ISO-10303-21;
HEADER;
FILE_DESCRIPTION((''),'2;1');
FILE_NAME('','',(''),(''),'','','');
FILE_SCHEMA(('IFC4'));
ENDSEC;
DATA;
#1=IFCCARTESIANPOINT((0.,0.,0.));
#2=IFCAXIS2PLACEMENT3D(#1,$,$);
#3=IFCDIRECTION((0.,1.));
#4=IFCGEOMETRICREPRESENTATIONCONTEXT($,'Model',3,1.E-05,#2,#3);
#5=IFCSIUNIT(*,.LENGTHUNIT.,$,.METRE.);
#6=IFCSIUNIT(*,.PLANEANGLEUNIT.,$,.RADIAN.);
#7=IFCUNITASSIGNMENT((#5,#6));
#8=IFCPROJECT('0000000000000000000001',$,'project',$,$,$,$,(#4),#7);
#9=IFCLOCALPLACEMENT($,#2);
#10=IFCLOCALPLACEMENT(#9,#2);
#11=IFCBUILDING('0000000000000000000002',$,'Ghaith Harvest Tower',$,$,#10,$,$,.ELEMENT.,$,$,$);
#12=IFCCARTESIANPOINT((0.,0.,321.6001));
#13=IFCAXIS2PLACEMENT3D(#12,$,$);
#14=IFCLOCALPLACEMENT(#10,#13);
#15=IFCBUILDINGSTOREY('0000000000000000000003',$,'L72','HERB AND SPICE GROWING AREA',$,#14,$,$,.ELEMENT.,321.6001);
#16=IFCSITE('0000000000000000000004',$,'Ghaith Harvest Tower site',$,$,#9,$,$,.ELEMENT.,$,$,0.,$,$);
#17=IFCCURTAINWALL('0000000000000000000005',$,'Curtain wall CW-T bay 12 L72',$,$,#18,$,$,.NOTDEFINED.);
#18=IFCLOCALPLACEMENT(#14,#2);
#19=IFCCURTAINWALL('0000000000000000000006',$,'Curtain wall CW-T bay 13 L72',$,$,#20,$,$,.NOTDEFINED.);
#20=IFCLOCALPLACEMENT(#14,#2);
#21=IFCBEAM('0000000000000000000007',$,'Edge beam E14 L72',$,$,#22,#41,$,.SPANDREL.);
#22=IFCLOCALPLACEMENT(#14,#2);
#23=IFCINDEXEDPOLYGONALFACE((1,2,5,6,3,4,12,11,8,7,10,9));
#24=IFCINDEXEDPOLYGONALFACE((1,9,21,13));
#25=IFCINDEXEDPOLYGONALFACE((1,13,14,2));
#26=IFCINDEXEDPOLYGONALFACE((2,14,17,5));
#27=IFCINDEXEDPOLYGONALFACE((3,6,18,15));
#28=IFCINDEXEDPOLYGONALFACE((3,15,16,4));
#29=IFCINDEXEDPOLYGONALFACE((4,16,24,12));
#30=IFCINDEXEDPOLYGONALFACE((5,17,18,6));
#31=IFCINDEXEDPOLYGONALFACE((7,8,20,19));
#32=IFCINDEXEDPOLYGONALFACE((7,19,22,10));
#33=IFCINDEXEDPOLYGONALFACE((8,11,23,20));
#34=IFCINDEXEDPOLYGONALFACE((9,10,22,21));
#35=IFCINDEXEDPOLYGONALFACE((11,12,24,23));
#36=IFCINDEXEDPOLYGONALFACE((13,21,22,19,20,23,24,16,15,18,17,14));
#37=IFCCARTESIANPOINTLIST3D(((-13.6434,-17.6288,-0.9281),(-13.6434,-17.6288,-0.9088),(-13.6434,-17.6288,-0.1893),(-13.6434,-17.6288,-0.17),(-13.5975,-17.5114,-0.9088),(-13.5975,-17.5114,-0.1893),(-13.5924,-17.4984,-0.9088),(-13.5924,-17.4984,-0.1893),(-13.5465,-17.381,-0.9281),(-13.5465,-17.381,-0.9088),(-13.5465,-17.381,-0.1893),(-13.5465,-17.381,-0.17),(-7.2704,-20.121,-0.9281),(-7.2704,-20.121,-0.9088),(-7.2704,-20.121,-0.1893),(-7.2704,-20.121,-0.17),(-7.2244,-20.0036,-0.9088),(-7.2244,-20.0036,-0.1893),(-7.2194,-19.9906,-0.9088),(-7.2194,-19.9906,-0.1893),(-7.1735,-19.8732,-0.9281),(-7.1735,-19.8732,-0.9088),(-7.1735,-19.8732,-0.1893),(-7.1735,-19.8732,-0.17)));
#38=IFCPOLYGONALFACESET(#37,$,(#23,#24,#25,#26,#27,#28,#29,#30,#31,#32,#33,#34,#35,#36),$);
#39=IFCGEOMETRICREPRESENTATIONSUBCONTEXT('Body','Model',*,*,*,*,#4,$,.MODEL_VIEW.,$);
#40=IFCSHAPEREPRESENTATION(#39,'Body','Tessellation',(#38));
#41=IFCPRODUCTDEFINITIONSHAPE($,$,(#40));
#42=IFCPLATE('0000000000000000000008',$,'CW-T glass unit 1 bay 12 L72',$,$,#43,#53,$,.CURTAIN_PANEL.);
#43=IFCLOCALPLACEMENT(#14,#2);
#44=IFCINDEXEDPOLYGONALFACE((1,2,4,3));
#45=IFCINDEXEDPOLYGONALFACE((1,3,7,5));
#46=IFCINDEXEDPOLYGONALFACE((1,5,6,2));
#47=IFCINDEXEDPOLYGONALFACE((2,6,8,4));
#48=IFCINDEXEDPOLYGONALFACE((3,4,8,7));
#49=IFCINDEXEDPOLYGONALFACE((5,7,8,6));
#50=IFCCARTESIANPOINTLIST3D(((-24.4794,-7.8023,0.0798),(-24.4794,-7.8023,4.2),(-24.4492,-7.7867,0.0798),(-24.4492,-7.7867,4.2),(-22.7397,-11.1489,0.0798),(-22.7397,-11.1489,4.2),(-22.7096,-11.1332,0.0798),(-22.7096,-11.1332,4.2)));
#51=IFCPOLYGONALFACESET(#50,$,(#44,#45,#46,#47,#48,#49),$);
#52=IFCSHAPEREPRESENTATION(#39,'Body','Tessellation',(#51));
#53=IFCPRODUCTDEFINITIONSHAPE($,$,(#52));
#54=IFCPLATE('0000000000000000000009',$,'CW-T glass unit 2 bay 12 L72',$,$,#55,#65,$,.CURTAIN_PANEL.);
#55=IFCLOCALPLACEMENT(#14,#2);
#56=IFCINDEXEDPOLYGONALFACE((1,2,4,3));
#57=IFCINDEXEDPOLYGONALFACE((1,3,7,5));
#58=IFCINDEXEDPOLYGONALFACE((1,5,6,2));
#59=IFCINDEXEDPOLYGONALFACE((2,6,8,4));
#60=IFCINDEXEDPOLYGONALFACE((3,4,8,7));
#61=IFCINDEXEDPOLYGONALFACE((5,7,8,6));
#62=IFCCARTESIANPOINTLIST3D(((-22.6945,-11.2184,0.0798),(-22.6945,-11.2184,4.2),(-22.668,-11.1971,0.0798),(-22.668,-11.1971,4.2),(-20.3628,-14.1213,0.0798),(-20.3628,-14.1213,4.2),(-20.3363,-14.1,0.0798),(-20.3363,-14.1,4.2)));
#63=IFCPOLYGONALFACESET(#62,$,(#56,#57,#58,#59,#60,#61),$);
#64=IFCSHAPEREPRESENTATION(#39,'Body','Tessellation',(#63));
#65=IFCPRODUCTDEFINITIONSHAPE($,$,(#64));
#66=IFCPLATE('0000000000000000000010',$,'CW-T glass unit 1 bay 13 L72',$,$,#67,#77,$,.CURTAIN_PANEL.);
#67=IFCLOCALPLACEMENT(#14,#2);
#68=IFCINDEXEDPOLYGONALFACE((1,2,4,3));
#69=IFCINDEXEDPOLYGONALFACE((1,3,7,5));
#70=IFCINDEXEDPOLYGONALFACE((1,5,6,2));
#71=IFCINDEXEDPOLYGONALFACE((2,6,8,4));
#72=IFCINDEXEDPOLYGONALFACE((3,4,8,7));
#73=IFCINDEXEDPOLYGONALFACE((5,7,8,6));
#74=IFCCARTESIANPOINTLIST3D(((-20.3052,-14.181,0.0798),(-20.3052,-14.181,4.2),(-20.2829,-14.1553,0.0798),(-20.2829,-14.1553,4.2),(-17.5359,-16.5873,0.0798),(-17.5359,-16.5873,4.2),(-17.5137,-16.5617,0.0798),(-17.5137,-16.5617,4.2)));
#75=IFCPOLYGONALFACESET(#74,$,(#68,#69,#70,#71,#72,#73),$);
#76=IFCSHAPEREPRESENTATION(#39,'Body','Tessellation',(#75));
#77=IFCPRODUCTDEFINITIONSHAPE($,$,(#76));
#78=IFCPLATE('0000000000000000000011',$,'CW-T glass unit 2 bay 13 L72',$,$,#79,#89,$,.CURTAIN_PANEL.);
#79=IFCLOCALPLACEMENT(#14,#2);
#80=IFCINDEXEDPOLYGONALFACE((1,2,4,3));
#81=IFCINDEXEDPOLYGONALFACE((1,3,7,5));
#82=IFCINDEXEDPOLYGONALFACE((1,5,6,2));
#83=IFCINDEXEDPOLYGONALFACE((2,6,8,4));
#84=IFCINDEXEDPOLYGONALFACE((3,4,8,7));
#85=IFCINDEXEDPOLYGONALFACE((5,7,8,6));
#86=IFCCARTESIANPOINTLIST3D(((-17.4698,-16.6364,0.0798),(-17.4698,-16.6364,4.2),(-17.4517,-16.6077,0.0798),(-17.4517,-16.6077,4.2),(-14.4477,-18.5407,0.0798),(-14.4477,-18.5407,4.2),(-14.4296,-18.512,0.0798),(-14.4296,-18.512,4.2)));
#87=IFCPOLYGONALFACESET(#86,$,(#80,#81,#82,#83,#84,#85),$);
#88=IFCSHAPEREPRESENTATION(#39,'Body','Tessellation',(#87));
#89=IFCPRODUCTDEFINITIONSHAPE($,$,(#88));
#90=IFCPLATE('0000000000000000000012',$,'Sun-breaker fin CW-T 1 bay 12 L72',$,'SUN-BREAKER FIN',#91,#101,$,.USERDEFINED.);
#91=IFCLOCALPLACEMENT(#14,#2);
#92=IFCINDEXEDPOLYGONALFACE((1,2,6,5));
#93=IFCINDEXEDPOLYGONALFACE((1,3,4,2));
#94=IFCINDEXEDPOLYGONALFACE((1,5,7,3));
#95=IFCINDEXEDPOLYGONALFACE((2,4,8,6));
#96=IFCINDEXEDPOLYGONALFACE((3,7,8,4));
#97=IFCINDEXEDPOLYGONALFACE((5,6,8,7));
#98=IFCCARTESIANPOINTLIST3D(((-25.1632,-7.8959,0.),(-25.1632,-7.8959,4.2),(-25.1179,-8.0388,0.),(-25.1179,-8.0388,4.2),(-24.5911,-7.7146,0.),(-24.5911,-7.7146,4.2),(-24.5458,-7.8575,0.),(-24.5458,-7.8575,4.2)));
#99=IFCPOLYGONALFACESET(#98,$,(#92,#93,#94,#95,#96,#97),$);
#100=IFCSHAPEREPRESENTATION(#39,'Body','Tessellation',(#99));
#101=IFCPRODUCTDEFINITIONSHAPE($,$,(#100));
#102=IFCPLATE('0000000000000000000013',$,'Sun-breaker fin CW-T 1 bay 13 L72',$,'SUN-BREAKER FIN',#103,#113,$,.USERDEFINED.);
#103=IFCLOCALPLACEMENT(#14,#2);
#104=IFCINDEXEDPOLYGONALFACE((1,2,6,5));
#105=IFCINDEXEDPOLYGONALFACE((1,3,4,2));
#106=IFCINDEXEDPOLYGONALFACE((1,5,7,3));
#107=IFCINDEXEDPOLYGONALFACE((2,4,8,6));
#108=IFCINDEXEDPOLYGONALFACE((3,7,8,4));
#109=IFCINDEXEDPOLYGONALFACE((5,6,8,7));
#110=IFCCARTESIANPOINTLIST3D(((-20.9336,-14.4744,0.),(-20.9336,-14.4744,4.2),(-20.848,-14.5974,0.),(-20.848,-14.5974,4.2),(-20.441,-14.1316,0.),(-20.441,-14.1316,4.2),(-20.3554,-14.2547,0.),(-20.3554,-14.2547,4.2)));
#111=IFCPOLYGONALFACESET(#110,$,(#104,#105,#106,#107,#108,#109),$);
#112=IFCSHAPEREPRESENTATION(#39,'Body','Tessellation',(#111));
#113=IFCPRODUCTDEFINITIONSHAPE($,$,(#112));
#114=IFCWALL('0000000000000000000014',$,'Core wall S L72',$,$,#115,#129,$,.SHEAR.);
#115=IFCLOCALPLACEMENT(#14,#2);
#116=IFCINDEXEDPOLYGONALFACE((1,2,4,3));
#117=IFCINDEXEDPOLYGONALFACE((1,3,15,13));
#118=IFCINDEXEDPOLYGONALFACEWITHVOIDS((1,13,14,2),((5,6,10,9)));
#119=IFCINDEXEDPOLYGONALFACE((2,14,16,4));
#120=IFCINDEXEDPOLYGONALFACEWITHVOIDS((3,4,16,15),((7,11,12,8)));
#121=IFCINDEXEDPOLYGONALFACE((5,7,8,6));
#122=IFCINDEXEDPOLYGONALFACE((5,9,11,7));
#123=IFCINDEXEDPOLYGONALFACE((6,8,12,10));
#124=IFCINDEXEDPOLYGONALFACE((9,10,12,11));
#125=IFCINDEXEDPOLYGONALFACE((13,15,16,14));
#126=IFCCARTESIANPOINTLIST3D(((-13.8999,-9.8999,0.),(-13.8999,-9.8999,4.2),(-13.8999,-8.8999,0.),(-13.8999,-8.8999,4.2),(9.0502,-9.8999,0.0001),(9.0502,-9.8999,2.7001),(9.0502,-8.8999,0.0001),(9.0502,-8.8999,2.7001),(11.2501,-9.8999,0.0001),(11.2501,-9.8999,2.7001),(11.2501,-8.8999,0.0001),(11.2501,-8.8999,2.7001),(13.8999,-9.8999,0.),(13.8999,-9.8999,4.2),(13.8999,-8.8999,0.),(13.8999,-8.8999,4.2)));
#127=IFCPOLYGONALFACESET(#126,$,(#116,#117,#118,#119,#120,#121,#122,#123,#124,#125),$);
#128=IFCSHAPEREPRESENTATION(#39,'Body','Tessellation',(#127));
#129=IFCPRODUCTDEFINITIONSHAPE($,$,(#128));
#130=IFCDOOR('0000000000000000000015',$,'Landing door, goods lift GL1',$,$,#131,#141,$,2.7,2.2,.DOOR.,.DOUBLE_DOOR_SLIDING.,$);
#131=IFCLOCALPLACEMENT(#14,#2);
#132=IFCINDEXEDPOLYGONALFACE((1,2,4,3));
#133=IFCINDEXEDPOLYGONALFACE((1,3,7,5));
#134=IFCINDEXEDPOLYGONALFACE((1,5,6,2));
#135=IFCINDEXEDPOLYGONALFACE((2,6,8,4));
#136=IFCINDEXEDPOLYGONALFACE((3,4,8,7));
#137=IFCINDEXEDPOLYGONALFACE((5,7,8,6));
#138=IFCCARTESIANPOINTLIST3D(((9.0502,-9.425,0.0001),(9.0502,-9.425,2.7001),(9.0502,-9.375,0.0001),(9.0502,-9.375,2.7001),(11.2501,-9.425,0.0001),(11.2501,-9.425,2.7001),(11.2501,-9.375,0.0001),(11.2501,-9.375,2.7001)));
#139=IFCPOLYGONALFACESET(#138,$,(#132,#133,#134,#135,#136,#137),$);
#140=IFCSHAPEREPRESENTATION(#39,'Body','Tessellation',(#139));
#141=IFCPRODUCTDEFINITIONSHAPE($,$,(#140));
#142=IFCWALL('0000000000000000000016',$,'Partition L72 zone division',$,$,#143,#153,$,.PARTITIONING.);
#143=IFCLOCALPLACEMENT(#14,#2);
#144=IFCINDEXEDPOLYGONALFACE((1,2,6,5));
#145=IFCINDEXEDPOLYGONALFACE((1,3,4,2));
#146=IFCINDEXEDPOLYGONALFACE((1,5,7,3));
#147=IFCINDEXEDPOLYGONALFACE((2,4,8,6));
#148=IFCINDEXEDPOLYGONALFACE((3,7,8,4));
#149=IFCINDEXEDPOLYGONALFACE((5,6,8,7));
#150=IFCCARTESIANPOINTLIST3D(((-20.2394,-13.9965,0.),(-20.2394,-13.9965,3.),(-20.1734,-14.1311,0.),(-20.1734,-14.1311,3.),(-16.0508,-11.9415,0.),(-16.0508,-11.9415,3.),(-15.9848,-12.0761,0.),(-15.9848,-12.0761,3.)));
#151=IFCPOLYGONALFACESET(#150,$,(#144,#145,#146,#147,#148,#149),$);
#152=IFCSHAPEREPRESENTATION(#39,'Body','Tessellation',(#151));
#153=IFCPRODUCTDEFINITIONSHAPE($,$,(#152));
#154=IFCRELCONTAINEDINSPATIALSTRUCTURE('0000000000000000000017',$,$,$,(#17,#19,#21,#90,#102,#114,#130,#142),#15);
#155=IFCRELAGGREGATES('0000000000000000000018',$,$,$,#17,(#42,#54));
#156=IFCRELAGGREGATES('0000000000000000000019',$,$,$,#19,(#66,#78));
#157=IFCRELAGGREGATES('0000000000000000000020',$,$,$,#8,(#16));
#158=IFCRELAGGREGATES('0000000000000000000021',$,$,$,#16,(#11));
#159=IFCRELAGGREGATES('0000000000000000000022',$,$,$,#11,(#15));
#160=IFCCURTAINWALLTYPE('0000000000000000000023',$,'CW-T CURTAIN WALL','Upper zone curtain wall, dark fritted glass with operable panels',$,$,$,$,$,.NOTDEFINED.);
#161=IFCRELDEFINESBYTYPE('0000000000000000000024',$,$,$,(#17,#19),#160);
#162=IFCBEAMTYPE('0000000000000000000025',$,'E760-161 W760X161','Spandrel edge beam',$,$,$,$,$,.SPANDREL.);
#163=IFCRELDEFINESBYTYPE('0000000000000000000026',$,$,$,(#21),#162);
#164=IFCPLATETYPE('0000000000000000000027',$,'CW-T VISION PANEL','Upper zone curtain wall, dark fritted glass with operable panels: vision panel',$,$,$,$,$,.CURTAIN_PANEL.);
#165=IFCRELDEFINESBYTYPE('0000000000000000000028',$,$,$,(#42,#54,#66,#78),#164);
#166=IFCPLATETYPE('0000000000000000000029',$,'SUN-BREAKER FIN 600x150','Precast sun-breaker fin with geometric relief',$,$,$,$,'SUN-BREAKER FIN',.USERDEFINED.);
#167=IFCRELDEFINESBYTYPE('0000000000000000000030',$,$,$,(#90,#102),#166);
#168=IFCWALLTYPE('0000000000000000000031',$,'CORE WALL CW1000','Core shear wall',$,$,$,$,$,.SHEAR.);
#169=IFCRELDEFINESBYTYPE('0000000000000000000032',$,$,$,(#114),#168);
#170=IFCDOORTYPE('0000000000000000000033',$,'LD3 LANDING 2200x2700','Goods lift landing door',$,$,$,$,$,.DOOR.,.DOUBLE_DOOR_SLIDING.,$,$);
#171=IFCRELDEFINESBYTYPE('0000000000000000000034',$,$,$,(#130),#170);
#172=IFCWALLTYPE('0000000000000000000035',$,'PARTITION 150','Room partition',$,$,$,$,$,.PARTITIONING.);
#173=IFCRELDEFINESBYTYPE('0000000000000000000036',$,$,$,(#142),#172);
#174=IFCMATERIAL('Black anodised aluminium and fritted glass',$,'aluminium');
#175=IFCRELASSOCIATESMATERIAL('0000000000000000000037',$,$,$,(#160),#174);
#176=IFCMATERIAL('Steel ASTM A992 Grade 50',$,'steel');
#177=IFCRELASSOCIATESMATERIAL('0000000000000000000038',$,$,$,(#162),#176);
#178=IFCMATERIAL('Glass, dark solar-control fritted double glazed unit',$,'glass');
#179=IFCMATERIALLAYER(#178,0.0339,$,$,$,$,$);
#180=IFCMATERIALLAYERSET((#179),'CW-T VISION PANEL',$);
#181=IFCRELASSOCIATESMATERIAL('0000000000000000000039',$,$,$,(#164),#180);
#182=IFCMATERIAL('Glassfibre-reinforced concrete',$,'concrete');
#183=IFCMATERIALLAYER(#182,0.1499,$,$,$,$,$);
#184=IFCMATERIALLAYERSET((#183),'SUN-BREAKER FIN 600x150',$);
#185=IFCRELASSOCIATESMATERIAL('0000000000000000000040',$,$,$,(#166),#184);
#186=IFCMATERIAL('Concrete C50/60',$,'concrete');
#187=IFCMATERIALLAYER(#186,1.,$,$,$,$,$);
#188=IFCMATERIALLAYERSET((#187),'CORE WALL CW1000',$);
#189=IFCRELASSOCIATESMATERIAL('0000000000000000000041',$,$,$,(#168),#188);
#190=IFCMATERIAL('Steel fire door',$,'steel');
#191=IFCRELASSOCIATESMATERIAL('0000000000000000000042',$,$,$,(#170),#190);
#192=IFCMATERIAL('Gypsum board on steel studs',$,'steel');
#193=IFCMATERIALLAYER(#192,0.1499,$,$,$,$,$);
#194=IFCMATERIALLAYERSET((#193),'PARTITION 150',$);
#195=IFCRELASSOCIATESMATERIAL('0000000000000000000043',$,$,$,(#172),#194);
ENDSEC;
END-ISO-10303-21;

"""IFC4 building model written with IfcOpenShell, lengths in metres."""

from ifc_helpers import new_model, si_unit, direction, frame, frame_2d, origin, origin_2d, place, context, subcontext, project, spatial, rectangle, i_section, extrude, material, layer, layer_set, material_profile, profile_set, type_object, element, fill, aggregate, save


model = new_model("IFC4")

# Units and contexts
model_context = context("Model", 3, precision=1e-05, world=origin(), true_north=direction((0.0, 1.0)))
body_context = subcontext(model_context, "Body", "Model", "MODEL_VIEW")
ifc_project = project(units=[si_unit("LENGTHUNIT", "METRE"), si_unit("PLANEANGLEUNIT", "RADIAN")], contexts=[model_context])

# Site, building, storey
site_placement = place(None, origin())
site = spatial("IfcSite", under=ifc_project, at=site_placement, Name="Ghaith Harvest Tower site", CompositionType="ELEMENT", RefElevation=0.0)
building_placement = place(site_placement, origin())
building = spatial("IfcBuilding", under=site, at=building_placement, Name="Ghaith Harvest Tower", CompositionType="ELEMENT")
storey_placement = place(building_placement, frame((0.0, 0.0, 321.6001)))
storey = spatial("IfcBuildingStorey", under=building, at=storey_placement, Name="L72", Description="HERB AND SPICE GROWING AREA", CompositionType="ELEMENT", Elevation=321.6001)

# Curtain walls
ifc_material_1 = material(Name="Black anodised aluminium and fritted glass", Category="aluminium")
curtain_wall_type = type_object("IfcCurtainWallType", Name="CW-T CURTAIN WALL", Description="Upper zone curtain wall, dark fritted glass with operable panels", PredefinedType="NOTDEFINED", material=ifc_material_1)
curtain_wall_1_placement = place(storey_placement, origin())
curtain_wall_1 = element("IfcCurtainWall", 1, at=curtain_wall_1_placement, inside=storey, type_object=curtain_wall_type, Name="Curtain wall CW-T bay 12 L72", PredefinedType="NOTDEFINED")
curtain_wall_2_placement = place(storey_placement, origin())
curtain_wall_2 = element("IfcCurtainWall", 2, at=curtain_wall_2_placement, inside=storey, type_object=curtain_wall_type, Name="Curtain wall CW-T bay 13 L72", PredefinedType="NOTDEFINED")

# Beam
ifc_material_2 = material(Name="Steel ASTM A992 Grade 50", Category="steel")
ifc_material_profile_1 = material_profile(ifc_material_2, i_section(OverallWidth=0.2661, OverallDepth=0.7581, WebThickness=0.0139, FlangeThickness=0.0193, at=origin_2d()), Name="W760X161")
ifc_profile_set_1 = profile_set([ifc_material_profile_1], Name="Steel ASTM A992 Grade 50")
beam_type = type_object("IfcBeamType", Name="E760-161 W760X161", Description="Spandrel edge beam", PredefinedType="SPANDREL", material=ifc_profile_set_1)
beam_1_placement = place(storey_placement, frame((-13.595, -17.5049, -0.5491), z_axis=(0.931323, -0.364195, 0.0), x_axis=(0.364195, 0.931323, 0.0)))
element("IfcBeam", 3, at=beam_1_placement, inside=storey, type_object=beam_type, Name="Edge beam E14 L72", PredefinedType="SPANDREL", context=body_context, shape_type="SweptSolid", body=[
    extrude(i_section(OverallWidth=0.2661, OverallDepth=0.7581, WebThickness=0.0139, FlangeThickness=0.0193, at=origin_2d()), origin(), (0.0, 0.0, 1.0), 6.843),
])

# Plates
ifc_material_3 = material(Name="Glass, dark solar-control fritted double glazed unit", Category="glass")
ifc_layer_1 = layer(ifc_material_3, 0.0339)
ifc_layer_set_1 = layer_set([ifc_layer_1], Name="CW-T VISION PANEL")
plate_type_1 = type_object("IfcPlateType", Name="CW-T VISION PANEL", Description="Upper zone curtain wall, dark fritted glass with operable panels: vision panel", PredefinedType="CURTAIN_PANEL", material=ifc_layer_set_1)
plate_1_placement = place(storey_placement, frame((-23.5945, -9.4678, 0.0798), z_axis=(0.0, 0.0, 1.0), x_axis=(0.46123, -0.887281, 0.0)))
plate_1 = element("IfcPlate", 4, at=plate_1_placement, type_object=plate_type_1, Name="CW-T glass unit 1 bay 12 L72", PredefinedType="CURTAIN_PANEL", context=body_context, shape_type="SweptSolid", body=[
    extrude(rectangle(XDim=3.7717, YDim=0.0339, at=origin_2d()), origin(), (0.0, 0.0, 1.0), 4.1201),
])
plate_2_placement = place(storey_placement, frame((-21.5154, -12.6592, 0.0798), z_axis=(0.0, 0.0, 1.0), x_axis=(0.62623, -0.779639, 0.0)))
plate_2 = element("IfcPlate", 5, at=plate_2_placement, type_object=plate_type_1, Name="CW-T glass unit 2 bay 12 L72", PredefinedType="CURTAIN_PANEL", context=body_context, shape_type="SweptSolid", body=[
    extrude(rectangle(XDim=3.7234, YDim=0.0339, at=origin_2d()), origin(), (0.0, 0.0, 1.0), 4.1201),
])
aggregate(curtain_wall_1, [plate_1, plate_2])
plate_3_placement = place(storey_placement, frame((-18.9094, -15.3713, 0.0798), z_axis=(0.0, 0.0, 1.0), x_axis=(0.754829, -0.655922, 0.0)))
plate_3 = element("IfcPlate", 6, at=plate_3_placement, type_object=plate_type_1, Name="CW-T glass unit 1 bay 13 L72", PredefinedType="CURTAIN_PANEL", context=body_context, shape_type="SweptSolid", body=[
    extrude(rectangle(XDim=3.6687, YDim=0.0339, at=origin_2d()), origin(), (0.0, 0.0, 1.0), 4.1201),
])
plate_4_placement = place(storey_placement, frame((-15.9497, -17.5742, 0.0798), z_axis=(0.0, 0.0, 1.0), x_axis=(0.846043, -0.533114, 0.0)))
plate_4 = element("IfcPlate", 7, at=plate_4_placement, type_object=plate_type_1, Name="CW-T glass unit 2 bay 13 L72", PredefinedType="CURTAIN_PANEL", context=body_context, shape_type="SweptSolid", body=[
    extrude(rectangle(XDim=3.572, YDim=0.0339, at=origin_2d()), origin(), (0.0, 0.0, 1.0), 4.1201),
])
aggregate(curtain_wall_2, [plate_3, plate_4])

# Plates
ifc_material_4 = material(Name="Glassfibre-reinforced concrete", Category="concrete")
ifc_layer_2 = layer(ifc_material_4, 0.1499)
ifc_layer_set_2 = layer_set([ifc_layer_2], Name="SUN-BREAKER FIN 600x150")
plate_type_2 = type_object("IfcPlateType", Name="SUN-BREAKER FIN 600x150", Description="Precast sun-breaker fin with geometric relief", ElementType="SUN-BREAKER FIN", PredefinedType="USERDEFINED", material=ifc_layer_set_2)
for number, where, z_axis, x_axis, name in (
    (8, (-24.8545, -7.8767, 0.0), (0.0, 0.0, 1.0), (-0.953273, -0.30211, 0.0), "Sun-breaker fin CW-T 1 bay 12 L72"),
    (9, (-20.6445, -14.3645, 0.0), (0.0, 0.0, 1.0), (-0.820845, -0.57115, 0.0), "Sun-breaker fin CW-T 1 bay 13 L72"),
):
    element("IfcPlate", number, at=place(storey_placement, frame(where, z_axis=z_axis, x_axis=x_axis)), inside=storey, type_object=plate_type_2, Name=name, ObjectType="SUN-BREAKER FIN", PredefinedType="USERDEFINED", context=body_context, shape_type="SweptSolid", body=[
        extrude(rectangle(XDim=0.6001, YDim=0.1499, at=origin_2d()), origin(), (0.0, 0.0, 1.0), 4.2),
    ])

# Wall, opening, door
ifc_material_5 = material(Name="Concrete C50/60", Category="concrete")
ifc_layer_3 = layer(ifc_material_5, 1.0)
ifc_layer_set_3 = layer_set([ifc_layer_3], Name="CORE WALL CW1000")
wall_type_1 = type_object("IfcWallType", Name="CORE WALL CW1000", Description="Core shear wall", PredefinedType="SHEAR", material=ifc_layer_set_3)
wall_1_placement = place(storey_placement, frame((-13.8999, -9.3999, 0.0), z_axis=(0.0, 0.0, 1.0), x_axis=(1.0, 0.0, 0.0)))
wall_1 = element("IfcWall", 10, at=wall_1_placement, inside=storey, type_object=wall_type_1, Name="Core wall S L72", PredefinedType="SHEAR", context=body_context, shape_type="SweptSolid", body=[
    extrude(rectangle(XDim=27.7998, YDim=1.0, at=frame_2d((13.8999, 0.0))), origin(), (0.0, 0.0, 1.0), 4.2),
])
opening_placement = place(wall_1_placement, frame((22.95, 0.0, 0.0)))
opening = element("IfcOpeningElement", 11, at=opening_placement, cuts=wall_1, PredefinedType="OPENING", context=body_context, shape_type="SweptSolid", body=[
    extrude(rectangle(XDim=2.2, YDim=2.7, at=frame_2d((1.1001, 1.3501))), frame((0.0, 0.51, 0.0), z_axis=(0.0, -1.0, 0.0), x_axis=(1.0, 0.0, 0.0)), (0.0, 0.0, 1.0), 1.02),
])
ifc_material_6 = material(Name="Steel fire door", Category="steel")
door_type = type_object("IfcDoorType", Name="LD3 LANDING 2200x2700", Description="Goods lift landing door", OperationType="DOUBLE_DOOR_SLIDING", PredefinedType="DOOR", material=ifc_material_6)
door_placement = place(opening_placement, origin())
door = element("IfcDoor", 12, at=door_placement, inside=storey, type_object=door_type, Name="Landing door, goods lift GL1", OperationType="DOUBLE_DOOR_SLIDING", OverallHeight=2.7, OverallWidth=2.2, PredefinedType="DOOR", context=body_context, shape_type="SweptSolid", body=[
    extrude(rectangle(XDim=2.2, YDim=2.7, at=frame_2d((1.1001, 1.3501))), frame((0.0, 0.0249, 0.0), z_axis=(0.0, -1.0, 0.0), x_axis=(1.0, 0.0, 0.0)), (0.0, 0.0, 1.0), 0.05),
])
fill(opening, door)

# Wall
ifc_material_7 = material(Name="Gypsum board on steel studs", Category="steel")
ifc_layer_4 = layer(ifc_material_7, 0.1499)
ifc_layer_set_4 = layer_set([ifc_layer_4], Name="PARTITION 150")
wall_type_2 = type_object("IfcWallType", Name="PARTITION 150", Description="Room partition", PredefinedType="PARTITIONING", material=ifc_layer_set_4)
wall_2_placement = place(storey_placement, frame((-16.0178, -12.0088, 0.0), z_axis=(0.0, 0.0, 1.0), x_axis=(-0.897772, -0.440461, 0.0)))
element("IfcWall", 13, at=wall_2_placement, inside=storey, type_object=wall_type_2, Name="Partition L72 zone division", PredefinedType="PARTITIONING", context=body_context, shape_type="SweptSolid", body=[
    extrude(rectangle(XDim=4.6655, YDim=0.1499, at=frame_2d((2.3328, 0.0))), origin(), (0.0, 0.0, 1.0), 3.0),
])

save(model, "model.ifc")
